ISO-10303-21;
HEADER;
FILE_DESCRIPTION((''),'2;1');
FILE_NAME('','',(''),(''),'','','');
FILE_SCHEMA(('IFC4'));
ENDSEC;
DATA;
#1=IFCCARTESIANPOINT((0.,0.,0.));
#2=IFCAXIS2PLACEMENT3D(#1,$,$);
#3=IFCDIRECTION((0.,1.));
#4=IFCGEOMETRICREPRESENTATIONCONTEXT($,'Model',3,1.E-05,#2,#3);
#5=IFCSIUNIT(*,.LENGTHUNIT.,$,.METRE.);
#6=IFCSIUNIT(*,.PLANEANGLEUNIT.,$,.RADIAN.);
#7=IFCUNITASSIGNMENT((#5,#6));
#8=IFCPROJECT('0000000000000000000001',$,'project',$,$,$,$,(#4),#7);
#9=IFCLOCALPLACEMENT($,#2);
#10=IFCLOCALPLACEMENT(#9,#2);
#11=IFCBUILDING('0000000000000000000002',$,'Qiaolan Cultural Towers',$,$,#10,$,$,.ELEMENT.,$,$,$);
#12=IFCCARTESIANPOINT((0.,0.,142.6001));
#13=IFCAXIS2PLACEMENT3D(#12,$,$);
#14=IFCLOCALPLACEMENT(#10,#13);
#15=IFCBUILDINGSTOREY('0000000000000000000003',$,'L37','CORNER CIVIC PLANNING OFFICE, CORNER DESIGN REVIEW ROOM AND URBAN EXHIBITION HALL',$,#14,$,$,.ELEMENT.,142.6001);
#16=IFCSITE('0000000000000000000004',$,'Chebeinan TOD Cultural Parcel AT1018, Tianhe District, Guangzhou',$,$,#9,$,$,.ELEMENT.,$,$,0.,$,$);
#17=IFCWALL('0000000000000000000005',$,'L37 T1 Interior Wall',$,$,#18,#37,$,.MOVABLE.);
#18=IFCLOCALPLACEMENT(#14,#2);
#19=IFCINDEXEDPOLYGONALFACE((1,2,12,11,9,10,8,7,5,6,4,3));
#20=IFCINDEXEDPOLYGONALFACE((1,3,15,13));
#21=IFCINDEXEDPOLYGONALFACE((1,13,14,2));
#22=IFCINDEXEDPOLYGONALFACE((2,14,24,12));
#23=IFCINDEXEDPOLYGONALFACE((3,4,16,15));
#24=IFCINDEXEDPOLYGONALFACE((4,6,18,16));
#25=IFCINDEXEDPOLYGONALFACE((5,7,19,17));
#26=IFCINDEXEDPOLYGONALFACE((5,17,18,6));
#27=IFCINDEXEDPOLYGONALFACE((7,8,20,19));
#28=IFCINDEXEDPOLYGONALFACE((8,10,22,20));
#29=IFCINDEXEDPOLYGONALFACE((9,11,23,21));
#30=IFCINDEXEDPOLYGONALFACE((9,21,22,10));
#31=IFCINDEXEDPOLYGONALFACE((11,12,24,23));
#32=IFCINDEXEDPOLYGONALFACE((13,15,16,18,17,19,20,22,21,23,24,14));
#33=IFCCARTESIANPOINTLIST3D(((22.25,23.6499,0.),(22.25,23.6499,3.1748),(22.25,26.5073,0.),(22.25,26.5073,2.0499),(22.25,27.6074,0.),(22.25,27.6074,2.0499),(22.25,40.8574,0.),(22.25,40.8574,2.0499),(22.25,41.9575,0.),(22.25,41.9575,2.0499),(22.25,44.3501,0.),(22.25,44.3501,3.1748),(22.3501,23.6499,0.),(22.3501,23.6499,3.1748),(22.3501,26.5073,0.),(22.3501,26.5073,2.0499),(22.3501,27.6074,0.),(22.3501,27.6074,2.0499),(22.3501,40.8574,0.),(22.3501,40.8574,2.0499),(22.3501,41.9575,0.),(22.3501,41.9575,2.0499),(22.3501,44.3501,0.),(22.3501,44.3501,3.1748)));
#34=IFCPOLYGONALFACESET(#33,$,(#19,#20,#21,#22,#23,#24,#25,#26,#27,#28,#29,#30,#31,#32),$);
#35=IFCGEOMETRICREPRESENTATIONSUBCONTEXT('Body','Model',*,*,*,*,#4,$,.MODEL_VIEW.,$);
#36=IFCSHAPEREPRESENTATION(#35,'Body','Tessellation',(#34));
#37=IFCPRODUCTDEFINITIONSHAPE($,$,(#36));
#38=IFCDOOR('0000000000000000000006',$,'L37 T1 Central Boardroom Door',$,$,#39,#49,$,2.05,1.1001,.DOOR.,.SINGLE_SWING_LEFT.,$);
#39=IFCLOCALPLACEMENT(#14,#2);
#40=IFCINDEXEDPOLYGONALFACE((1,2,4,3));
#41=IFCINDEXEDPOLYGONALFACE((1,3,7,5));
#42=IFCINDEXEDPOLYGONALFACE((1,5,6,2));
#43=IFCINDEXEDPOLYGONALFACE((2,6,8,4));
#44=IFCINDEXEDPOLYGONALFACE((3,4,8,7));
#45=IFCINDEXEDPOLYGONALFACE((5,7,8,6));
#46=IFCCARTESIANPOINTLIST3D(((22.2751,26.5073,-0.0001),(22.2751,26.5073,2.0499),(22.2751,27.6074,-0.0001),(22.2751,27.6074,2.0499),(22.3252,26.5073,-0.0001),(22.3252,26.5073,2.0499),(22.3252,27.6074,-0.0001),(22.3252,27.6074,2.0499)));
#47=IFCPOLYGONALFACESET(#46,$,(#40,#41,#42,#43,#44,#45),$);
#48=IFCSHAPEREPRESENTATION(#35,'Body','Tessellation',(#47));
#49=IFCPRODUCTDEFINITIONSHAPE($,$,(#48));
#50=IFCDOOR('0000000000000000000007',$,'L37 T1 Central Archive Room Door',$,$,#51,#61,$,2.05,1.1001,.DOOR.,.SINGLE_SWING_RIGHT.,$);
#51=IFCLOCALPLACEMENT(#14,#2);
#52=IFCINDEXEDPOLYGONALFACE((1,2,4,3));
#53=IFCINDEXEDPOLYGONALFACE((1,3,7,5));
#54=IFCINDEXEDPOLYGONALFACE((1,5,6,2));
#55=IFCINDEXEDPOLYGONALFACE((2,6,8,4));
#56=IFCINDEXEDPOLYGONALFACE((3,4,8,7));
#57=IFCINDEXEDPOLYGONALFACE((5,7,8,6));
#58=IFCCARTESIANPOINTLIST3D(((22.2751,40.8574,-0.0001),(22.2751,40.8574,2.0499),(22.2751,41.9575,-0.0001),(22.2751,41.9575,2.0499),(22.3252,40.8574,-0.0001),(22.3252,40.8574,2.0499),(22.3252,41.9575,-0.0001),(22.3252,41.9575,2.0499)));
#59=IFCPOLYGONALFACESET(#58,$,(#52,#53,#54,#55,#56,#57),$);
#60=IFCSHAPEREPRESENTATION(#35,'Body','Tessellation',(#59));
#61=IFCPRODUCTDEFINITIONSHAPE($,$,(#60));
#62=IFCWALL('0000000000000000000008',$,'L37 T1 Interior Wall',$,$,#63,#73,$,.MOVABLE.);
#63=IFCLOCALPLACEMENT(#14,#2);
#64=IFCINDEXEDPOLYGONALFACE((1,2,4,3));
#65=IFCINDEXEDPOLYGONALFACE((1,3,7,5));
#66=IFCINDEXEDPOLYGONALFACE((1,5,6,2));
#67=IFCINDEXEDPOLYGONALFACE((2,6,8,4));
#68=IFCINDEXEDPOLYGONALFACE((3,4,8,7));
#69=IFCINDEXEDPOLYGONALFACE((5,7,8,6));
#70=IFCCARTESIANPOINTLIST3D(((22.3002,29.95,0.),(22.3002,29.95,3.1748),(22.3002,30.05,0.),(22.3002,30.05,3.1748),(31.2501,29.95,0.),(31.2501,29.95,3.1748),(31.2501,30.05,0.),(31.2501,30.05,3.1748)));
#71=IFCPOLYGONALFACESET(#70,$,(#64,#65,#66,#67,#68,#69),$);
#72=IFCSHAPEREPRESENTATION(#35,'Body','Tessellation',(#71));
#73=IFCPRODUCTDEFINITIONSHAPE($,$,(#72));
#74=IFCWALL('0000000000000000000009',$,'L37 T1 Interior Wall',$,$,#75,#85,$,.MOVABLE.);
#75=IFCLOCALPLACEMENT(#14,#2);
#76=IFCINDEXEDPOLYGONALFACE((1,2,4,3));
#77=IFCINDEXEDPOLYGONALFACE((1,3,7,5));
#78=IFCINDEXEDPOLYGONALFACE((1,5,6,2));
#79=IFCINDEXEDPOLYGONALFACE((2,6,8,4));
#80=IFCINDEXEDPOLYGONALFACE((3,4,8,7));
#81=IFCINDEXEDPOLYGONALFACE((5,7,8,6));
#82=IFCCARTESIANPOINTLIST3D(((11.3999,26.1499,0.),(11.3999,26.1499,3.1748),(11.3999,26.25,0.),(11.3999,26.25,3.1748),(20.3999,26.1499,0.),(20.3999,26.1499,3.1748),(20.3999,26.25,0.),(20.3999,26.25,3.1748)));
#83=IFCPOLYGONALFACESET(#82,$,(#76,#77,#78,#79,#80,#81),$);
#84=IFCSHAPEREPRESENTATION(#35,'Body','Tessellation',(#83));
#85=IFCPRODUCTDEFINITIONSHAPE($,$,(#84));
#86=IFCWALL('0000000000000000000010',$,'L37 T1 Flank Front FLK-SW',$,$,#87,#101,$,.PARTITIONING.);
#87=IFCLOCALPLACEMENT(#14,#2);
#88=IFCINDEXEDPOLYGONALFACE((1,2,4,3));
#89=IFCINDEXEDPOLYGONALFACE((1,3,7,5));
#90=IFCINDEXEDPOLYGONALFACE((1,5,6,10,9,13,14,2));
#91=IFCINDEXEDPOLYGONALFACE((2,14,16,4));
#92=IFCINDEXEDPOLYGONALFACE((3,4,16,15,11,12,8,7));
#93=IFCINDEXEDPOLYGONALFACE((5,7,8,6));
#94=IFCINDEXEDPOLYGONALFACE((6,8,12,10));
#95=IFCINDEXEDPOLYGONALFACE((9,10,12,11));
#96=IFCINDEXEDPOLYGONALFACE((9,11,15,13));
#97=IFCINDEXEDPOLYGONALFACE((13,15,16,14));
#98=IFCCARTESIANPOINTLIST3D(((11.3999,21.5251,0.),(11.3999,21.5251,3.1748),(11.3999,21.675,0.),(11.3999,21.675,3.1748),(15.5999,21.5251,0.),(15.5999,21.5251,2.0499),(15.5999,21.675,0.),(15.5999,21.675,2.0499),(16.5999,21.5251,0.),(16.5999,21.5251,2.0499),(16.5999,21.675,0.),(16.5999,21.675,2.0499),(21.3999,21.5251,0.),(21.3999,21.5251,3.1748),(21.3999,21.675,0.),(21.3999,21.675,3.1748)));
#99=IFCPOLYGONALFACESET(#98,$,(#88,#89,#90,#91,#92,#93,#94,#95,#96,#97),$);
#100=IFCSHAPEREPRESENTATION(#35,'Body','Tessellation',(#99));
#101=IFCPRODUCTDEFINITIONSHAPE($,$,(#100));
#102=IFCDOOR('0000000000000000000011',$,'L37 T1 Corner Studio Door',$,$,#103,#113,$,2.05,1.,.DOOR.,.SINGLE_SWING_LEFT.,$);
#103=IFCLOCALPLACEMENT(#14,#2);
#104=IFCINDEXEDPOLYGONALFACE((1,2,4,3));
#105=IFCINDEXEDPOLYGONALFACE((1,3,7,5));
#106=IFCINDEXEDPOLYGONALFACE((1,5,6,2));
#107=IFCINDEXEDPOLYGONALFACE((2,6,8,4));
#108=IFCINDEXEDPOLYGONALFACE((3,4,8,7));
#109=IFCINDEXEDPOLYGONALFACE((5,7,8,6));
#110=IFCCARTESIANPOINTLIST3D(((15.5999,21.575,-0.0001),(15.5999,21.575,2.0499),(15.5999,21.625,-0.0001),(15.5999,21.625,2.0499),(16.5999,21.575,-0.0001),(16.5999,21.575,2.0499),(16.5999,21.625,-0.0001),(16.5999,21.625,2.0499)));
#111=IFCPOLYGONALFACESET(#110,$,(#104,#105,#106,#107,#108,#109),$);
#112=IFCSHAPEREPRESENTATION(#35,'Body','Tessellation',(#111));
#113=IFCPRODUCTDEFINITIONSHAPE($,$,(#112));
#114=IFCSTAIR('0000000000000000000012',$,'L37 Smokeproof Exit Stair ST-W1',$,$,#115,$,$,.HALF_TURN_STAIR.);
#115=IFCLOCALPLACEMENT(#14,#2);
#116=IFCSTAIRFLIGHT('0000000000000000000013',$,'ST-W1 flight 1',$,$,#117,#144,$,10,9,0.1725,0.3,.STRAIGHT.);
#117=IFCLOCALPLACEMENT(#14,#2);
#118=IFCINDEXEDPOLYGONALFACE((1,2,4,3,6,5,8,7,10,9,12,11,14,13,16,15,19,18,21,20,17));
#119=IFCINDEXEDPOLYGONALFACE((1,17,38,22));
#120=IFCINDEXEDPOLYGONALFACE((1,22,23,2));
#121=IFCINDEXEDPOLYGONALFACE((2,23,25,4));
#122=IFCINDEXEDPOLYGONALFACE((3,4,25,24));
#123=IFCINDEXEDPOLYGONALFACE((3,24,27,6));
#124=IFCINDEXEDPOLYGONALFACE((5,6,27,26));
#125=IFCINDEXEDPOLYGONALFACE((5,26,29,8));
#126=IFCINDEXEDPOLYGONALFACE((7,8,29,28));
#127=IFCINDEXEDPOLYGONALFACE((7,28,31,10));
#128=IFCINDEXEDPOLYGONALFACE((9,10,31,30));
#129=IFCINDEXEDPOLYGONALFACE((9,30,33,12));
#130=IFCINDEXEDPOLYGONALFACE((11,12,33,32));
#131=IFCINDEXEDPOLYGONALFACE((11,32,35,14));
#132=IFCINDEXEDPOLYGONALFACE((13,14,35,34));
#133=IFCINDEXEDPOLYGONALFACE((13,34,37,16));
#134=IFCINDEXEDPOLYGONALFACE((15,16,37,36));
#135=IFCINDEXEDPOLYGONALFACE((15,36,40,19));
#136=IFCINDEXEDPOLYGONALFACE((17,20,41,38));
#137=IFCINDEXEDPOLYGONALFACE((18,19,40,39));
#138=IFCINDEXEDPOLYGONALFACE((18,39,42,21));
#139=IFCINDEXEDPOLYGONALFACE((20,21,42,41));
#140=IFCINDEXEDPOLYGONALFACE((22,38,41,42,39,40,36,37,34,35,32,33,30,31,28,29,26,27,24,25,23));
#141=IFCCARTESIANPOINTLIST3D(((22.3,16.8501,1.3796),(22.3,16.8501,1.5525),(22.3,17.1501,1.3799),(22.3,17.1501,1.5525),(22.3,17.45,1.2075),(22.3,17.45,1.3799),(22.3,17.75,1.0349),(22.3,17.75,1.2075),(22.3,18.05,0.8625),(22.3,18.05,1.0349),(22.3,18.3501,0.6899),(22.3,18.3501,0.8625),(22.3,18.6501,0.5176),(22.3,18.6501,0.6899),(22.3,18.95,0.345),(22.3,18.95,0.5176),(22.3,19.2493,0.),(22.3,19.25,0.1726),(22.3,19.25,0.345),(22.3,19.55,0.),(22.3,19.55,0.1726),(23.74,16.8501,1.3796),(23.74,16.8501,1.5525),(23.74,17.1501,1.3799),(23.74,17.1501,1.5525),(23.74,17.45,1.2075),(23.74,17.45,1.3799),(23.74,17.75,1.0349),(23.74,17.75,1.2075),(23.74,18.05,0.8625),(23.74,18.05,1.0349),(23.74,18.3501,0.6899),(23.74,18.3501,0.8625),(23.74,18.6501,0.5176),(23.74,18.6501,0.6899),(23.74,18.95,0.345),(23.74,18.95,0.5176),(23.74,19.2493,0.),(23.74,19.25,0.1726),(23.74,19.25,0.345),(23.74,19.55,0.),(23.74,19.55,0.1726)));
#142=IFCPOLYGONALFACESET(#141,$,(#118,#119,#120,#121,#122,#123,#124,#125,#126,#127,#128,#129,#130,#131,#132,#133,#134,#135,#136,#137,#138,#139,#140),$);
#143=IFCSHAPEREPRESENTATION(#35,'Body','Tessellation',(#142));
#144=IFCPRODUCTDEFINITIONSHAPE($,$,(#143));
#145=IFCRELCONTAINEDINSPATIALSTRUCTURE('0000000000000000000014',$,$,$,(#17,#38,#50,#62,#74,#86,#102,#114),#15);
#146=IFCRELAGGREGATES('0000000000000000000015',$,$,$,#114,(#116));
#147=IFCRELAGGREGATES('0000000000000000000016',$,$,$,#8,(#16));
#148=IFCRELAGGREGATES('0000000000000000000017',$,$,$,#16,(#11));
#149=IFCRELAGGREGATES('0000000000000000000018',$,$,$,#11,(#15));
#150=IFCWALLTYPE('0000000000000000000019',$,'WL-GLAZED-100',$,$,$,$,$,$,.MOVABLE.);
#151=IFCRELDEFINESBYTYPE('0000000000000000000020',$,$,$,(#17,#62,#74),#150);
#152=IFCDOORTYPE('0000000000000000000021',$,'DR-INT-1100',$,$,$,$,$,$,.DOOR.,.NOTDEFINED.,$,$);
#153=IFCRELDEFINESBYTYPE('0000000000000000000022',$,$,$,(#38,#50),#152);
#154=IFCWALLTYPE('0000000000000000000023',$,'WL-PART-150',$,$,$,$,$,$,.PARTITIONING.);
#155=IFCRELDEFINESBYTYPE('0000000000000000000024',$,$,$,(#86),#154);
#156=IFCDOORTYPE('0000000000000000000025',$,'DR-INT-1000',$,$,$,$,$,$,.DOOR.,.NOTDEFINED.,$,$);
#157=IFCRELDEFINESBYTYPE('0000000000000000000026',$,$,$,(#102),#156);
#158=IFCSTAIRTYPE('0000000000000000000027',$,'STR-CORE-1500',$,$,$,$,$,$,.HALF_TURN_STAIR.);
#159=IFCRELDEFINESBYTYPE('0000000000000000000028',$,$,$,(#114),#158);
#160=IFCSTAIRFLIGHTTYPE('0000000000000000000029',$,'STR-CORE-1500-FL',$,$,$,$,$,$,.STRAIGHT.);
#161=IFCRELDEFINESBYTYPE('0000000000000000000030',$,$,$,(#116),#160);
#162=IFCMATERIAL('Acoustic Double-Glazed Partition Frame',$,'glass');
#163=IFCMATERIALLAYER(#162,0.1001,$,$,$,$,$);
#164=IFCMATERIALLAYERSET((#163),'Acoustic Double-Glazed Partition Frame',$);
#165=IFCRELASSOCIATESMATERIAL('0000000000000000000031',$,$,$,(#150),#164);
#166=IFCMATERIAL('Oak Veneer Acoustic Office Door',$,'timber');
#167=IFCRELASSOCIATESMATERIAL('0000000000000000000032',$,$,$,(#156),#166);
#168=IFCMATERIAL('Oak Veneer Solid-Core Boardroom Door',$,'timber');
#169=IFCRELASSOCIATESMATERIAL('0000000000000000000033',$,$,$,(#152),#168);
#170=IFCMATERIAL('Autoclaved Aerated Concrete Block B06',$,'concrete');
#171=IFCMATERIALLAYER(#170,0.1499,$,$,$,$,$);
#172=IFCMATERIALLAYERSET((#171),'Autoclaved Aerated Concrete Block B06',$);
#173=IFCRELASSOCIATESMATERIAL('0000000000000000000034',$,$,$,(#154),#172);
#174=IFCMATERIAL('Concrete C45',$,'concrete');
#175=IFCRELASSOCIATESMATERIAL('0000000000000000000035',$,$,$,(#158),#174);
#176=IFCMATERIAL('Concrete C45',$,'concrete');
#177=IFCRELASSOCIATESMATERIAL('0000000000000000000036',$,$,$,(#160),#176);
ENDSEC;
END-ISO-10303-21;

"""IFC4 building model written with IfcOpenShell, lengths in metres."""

from ifc_helpers import new_model, si_unit, direction, frame, frame_2d, origin, place, context, subcontext, project, spatial, polyline, rectangle, outline, extrude, material, layer, layer_set, type_object, element, fill, aggregate, save


model = new_model("IFC4")

# Units and contexts
model_context = context("Model", 3, precision=1e-05, world=origin(), true_north=direction((0.0, 1.0)))
body_context = subcontext(model_context, "Body", "Model", "MODEL_VIEW")
ifc_project = project(units=[si_unit("LENGTHUNIT", "METRE"), si_unit("PLANEANGLEUNIT", "RADIAN")], contexts=[model_context])

# Site, building, storey
site_placement = place(None, origin())
site = spatial("IfcSite", under=ifc_project, at=site_placement, Name="Chebeinan TOD Cultural Parcel AT1018, Tianhe District, Guangzhou", CompositionType="ELEMENT", RefElevation=0.0)
building_placement = place(site_placement, origin())
building = spatial("IfcBuilding", under=site, at=building_placement, Name="Qiaolan Cultural Towers", CompositionType="ELEMENT")
storey_placement = place(building_placement, frame((0.0, 0.0, 142.6001)))
storey = spatial("IfcBuildingStorey", under=building, at=storey_placement, Name="L37", Description="CORNER CIVIC PLANNING OFFICE, CORNER DESIGN REVIEW ROOM AND URBAN EXHIBITION HALL", CompositionType="ELEMENT", Elevation=142.6001)

# Shared definitions
ifc_material_1 = material(Name="Acoustic Double-Glazed Partition Frame", Category="glass")
ifc_layer_1 = layer(ifc_material_1, 0.1001)
ifc_layer_set_1 = layer_set([ifc_layer_1], Name="Acoustic Double-Glazed Partition Frame")
wall_type_1 = type_object("IfcWallType", Name="WL-GLAZED-100", PredefinedType="MOVABLE", material=ifc_layer_set_1)

# Wall, openings, doors
ifc_material_2 = material(Name="Oak Veneer Acoustic Office Door", Category="timber")
door_type_1 = type_object("IfcDoorType", Name="DR-INT-1000", OperationType="NOTDEFINED", PredefinedType="DOOR", material=ifc_material_2)
wall_1_placement = place(storey_placement, frame((22.3, 23.6499, 0.0), z_axis=(0.0, 0.0, 1.0), x_axis=(0.0, 1.0, 0.0)))
wall_1 = element("IfcWall", 1, at=wall_1_placement, inside=storey, type_object=wall_type_1, Name="L37 T1 Interior Wall", PredefinedType="MOVABLE", context=body_context, shape_type="SweptSolid", body=[
    extrude(rectangle(XDim=20.7002, YDim=0.1001, at=frame_2d((10.3501, 0.0))), origin(), (0.0, 0.0, 1.0), 3.1748),
])
opening_1_placement = place(wall_1_placement, frame((2.8574, 0.0, 0.0)))
opening_1 = element("IfcOpeningElement", 2, at=opening_1_placement, cuts=wall_1, PredefinedType="OPENING", context=body_context, shape_type="SweptSolid", body=[
    extrude(rectangle(XDim=1.1001, YDim=2.05, at=frame_2d((0.55, 1.0249))), frame((0.0, 0.0601, 0.0), z_axis=(0.0, -1.0, 0.0), x_axis=(1.0, 0.0, 0.0)), (0.0, 0.0, 1.0), 0.1201),
])
opening_2_placement = place(wall_1_placement, frame((17.2075, 0.0, 0.0)))
opening_2 = element("IfcOpeningElement", 3, at=opening_2_placement, cuts=wall_1, PredefinedType="OPENING", context=body_context, shape_type="SweptSolid", body=[
    extrude(rectangle(XDim=1.1001, YDim=2.05, at=frame_2d((0.55, 1.0249))), frame((0.0, 0.0601, 0.0), z_axis=(0.0, -1.0, 0.0), x_axis=(1.0, 0.0, 0.0)), (0.0, 0.0, 1.0), 0.1201),
])
ifc_material_3 = material(Name="Oak Veneer Solid-Core Boardroom Door", Category="timber")
door_type_2 = type_object("IfcDoorType", Name="DR-INT-1100", OperationType="NOTDEFINED", PredefinedType="DOOR", material=ifc_material_3)
door_1_placement = place(opening_1_placement, origin())
door_1 = element("IfcDoor", 4, at=door_1_placement, inside=storey, type_object=door_type_2, Name="L37 T1 Central Boardroom Door", OperationType="SINGLE_SWING_LEFT", OverallHeight=2.05, OverallWidth=1.1001, PredefinedType="DOOR", context=body_context, shape_type="SweptSolid", body=[
    extrude(rectangle(XDim=1.1001, YDim=2.05, at=frame_2d((0.55, 1.0249))), frame((0.0, 0.0249, 0.0), z_axis=(0.0, -1.0, 0.0), x_axis=(1.0, 0.0, 0.0)), (0.0, 0.0, 1.0), 0.05),
])
fill(opening_1, door_1)
door_2_placement = place(opening_2_placement, origin())
door_2 = element("IfcDoor", 5, at=door_2_placement, inside=storey, type_object=door_type_2, Name="L37 T1 Central Archive Room Door", OperationType="SINGLE_SWING_RIGHT", OverallHeight=2.05, OverallWidth=1.1001, PredefinedType="DOOR", context=body_context, shape_type="SweptSolid", body=[
    extrude(rectangle(XDim=1.1001, YDim=2.05, at=frame_2d((0.55, 1.0249))), frame((0.0, 0.0249, 0.0), z_axis=(0.0, -1.0, 0.0), x_axis=(1.0, 0.0, 0.0)), (0.0, 0.0, 1.0), 0.05),
])
fill(opening_2, door_2)

# Walls
wall_2_placement = place(storey_placement, frame((22.3, 30.0, 0.0), z_axis=(0.0, 0.0, 1.0), x_axis=(1.0, 0.0, 0.0)))
element("IfcWall", 6, at=wall_2_placement, inside=storey, type_object=wall_type_1, Name="L37 T1 Interior Wall", PredefinedType="MOVABLE", context=body_context, shape_type="SweptSolid", body=[
    extrude(rectangle(XDim=8.95, YDim=0.1001, at=frame_2d((4.4751, 0.0))), origin(), (0.0, 0.0, 1.0), 3.1748),
])
wall_3_placement = place(storey_placement, frame((11.3999, 26.2, 0.0), z_axis=(0.0, 0.0, 1.0), x_axis=(1.0, 0.0, 0.0)))
element("IfcWall", 7, at=wall_3_placement, inside=storey, type_object=wall_type_1, Name="L37 T1 Interior Wall", PredefinedType="MOVABLE", context=body_context, shape_type="SweptSolid", body=[
    extrude(rectangle(XDim=9.0, YDim=0.1001, at=frame_2d((4.5, 0.0))), origin(), (0.0, 0.0, 1.0), 3.1748),
])

# Wall, opening, door
ifc_material_4 = material(Name="Autoclaved Aerated Concrete Block B06", Category="concrete")
ifc_layer_2 = layer(ifc_material_4, 0.1499)
ifc_layer_set_2 = layer_set([ifc_layer_2], Name="Autoclaved Aerated Concrete Block B06")
wall_type_2 = type_object("IfcWallType", Name="WL-PART-150", PredefinedType="PARTITIONING", material=ifc_layer_set_2)
wall_4_placement = place(storey_placement, frame((11.3999, 21.6001, 0.0), z_axis=(0.0, 0.0, 1.0), x_axis=(1.0, 0.0, 0.0)))
wall_4 = element("IfcWall", 8, at=wall_4_placement, inside=storey, type_object=wall_type_2, Name="L37 T1 Flank Front FLK-SW", PredefinedType="PARTITIONING", context=body_context, shape_type="SweptSolid", body=[
    extrude(rectangle(XDim=10.0, YDim=0.1499, at=frame_2d((5.0, 0.0))), origin(), (0.0, 0.0, 1.0), 3.1748),
])
opening_3_placement = place(wall_4_placement, frame((4.2, 0.0, 0.0)))
opening_3 = element("IfcOpeningElement", 9, at=opening_3_placement, cuts=wall_4, PredefinedType="OPENING", context=body_context, shape_type="SweptSolid", body=[
    extrude(rectangle(XDim=1.0, YDim=2.05, at=frame_2d((0.5, 1.0249))), frame((0.0, 0.085, 0.0), z_axis=(0.0, -1.0, 0.0), x_axis=(1.0, 0.0, 0.0)), (0.0, 0.0, 1.0), 0.1699),
])
door_3_placement = place(opening_3_placement, origin())
door_3 = element("IfcDoor", 10, at=door_3_placement, inside=storey, type_object=door_type_1, Name="L37 T1 Corner Studio Door", OperationType="SINGLE_SWING_LEFT", OverallHeight=2.05, OverallWidth=1.0, PredefinedType="DOOR", context=body_context, shape_type="SweptSolid", body=[
    extrude(rectangle(XDim=1.0, YDim=2.05, at=frame_2d((0.5, 1.0249))), frame((0.0, 0.0249, 0.0), z_axis=(0.0, -1.0, 0.0), x_axis=(1.0, 0.0, 0.0)), (0.0, 0.0, 1.0), 0.05),
])
fill(opening_3, door_3)

# Stair, stair flight
ifc_material_5 = material(Name="Concrete C45", Category="concrete")
stair_type = type_object("IfcStairType", Name="STR-CORE-1500", PredefinedType="HALF_TURN_STAIR", material=ifc_material_5)
stair_placement = place(storey_placement, origin())
stair = element("IfcStair", 11, at=stair_placement, inside=storey, type_object=stair_type, Name="L37 Smokeproof Exit Stair ST-W1", PredefinedType="HALF_TURN_STAIR")
ifc_material_6 = material(Name="Concrete C45", Category="concrete")
stair_flight_type = type_object("IfcStairFlightType", Name="STR-CORE-1500-FL", PredefinedType="STRAIGHT", material=ifc_material_6)
stair_flight_placement = place(storey_placement, frame((23.02, 19.55, 0.0), z_axis=(0.0, 0.0, 1.0), x_axis=(0.0, -1.0, 0.0)))
stair_flight = element("IfcStairFlight", 12, at=stair_flight_placement, type_object=stair_flight_type, Name="ST-W1 flight 1", NumberOfRisers=10, NumberOfTreads=9, PredefinedType="STRAIGHT", RiserHeight=0.1725, TreadLength=0.3, context=body_context, shape_type="SweptSolid", body=[
    extrude(outline(polyline([(0.0, 0.0), (0.0, 0.1726), (0.3, 0.1726), (0.3, 0.345), (0.6001, 0.345), (0.6001, 0.5176), (0.8999, 0.5176), (0.8999, 0.6899), (1.2, 0.6899), (1.2, 0.8625), (1.5, 0.8625), (1.5, 1.0349), (1.8, 1.0349), (1.8, 1.2075), (2.1001, 1.2075), (2.1001, 1.3799), (2.3999, 1.3799), (2.3999, 1.5525), (2.7, 1.5525), (2.7, 1.7251), (2.7, 1.3796), (0.3008, 0.0), (0.0, 0.0)])), frame((0.0, 0.72, 0.0), z_axis=(0.0, -1.0, 0.0), x_axis=(1.0, 0.0, 0.0)), (0.0, 0.0, 1.0), 1.4399),
])
aggregate(stair, [stair_flight])

save(model, "model.ifc")
